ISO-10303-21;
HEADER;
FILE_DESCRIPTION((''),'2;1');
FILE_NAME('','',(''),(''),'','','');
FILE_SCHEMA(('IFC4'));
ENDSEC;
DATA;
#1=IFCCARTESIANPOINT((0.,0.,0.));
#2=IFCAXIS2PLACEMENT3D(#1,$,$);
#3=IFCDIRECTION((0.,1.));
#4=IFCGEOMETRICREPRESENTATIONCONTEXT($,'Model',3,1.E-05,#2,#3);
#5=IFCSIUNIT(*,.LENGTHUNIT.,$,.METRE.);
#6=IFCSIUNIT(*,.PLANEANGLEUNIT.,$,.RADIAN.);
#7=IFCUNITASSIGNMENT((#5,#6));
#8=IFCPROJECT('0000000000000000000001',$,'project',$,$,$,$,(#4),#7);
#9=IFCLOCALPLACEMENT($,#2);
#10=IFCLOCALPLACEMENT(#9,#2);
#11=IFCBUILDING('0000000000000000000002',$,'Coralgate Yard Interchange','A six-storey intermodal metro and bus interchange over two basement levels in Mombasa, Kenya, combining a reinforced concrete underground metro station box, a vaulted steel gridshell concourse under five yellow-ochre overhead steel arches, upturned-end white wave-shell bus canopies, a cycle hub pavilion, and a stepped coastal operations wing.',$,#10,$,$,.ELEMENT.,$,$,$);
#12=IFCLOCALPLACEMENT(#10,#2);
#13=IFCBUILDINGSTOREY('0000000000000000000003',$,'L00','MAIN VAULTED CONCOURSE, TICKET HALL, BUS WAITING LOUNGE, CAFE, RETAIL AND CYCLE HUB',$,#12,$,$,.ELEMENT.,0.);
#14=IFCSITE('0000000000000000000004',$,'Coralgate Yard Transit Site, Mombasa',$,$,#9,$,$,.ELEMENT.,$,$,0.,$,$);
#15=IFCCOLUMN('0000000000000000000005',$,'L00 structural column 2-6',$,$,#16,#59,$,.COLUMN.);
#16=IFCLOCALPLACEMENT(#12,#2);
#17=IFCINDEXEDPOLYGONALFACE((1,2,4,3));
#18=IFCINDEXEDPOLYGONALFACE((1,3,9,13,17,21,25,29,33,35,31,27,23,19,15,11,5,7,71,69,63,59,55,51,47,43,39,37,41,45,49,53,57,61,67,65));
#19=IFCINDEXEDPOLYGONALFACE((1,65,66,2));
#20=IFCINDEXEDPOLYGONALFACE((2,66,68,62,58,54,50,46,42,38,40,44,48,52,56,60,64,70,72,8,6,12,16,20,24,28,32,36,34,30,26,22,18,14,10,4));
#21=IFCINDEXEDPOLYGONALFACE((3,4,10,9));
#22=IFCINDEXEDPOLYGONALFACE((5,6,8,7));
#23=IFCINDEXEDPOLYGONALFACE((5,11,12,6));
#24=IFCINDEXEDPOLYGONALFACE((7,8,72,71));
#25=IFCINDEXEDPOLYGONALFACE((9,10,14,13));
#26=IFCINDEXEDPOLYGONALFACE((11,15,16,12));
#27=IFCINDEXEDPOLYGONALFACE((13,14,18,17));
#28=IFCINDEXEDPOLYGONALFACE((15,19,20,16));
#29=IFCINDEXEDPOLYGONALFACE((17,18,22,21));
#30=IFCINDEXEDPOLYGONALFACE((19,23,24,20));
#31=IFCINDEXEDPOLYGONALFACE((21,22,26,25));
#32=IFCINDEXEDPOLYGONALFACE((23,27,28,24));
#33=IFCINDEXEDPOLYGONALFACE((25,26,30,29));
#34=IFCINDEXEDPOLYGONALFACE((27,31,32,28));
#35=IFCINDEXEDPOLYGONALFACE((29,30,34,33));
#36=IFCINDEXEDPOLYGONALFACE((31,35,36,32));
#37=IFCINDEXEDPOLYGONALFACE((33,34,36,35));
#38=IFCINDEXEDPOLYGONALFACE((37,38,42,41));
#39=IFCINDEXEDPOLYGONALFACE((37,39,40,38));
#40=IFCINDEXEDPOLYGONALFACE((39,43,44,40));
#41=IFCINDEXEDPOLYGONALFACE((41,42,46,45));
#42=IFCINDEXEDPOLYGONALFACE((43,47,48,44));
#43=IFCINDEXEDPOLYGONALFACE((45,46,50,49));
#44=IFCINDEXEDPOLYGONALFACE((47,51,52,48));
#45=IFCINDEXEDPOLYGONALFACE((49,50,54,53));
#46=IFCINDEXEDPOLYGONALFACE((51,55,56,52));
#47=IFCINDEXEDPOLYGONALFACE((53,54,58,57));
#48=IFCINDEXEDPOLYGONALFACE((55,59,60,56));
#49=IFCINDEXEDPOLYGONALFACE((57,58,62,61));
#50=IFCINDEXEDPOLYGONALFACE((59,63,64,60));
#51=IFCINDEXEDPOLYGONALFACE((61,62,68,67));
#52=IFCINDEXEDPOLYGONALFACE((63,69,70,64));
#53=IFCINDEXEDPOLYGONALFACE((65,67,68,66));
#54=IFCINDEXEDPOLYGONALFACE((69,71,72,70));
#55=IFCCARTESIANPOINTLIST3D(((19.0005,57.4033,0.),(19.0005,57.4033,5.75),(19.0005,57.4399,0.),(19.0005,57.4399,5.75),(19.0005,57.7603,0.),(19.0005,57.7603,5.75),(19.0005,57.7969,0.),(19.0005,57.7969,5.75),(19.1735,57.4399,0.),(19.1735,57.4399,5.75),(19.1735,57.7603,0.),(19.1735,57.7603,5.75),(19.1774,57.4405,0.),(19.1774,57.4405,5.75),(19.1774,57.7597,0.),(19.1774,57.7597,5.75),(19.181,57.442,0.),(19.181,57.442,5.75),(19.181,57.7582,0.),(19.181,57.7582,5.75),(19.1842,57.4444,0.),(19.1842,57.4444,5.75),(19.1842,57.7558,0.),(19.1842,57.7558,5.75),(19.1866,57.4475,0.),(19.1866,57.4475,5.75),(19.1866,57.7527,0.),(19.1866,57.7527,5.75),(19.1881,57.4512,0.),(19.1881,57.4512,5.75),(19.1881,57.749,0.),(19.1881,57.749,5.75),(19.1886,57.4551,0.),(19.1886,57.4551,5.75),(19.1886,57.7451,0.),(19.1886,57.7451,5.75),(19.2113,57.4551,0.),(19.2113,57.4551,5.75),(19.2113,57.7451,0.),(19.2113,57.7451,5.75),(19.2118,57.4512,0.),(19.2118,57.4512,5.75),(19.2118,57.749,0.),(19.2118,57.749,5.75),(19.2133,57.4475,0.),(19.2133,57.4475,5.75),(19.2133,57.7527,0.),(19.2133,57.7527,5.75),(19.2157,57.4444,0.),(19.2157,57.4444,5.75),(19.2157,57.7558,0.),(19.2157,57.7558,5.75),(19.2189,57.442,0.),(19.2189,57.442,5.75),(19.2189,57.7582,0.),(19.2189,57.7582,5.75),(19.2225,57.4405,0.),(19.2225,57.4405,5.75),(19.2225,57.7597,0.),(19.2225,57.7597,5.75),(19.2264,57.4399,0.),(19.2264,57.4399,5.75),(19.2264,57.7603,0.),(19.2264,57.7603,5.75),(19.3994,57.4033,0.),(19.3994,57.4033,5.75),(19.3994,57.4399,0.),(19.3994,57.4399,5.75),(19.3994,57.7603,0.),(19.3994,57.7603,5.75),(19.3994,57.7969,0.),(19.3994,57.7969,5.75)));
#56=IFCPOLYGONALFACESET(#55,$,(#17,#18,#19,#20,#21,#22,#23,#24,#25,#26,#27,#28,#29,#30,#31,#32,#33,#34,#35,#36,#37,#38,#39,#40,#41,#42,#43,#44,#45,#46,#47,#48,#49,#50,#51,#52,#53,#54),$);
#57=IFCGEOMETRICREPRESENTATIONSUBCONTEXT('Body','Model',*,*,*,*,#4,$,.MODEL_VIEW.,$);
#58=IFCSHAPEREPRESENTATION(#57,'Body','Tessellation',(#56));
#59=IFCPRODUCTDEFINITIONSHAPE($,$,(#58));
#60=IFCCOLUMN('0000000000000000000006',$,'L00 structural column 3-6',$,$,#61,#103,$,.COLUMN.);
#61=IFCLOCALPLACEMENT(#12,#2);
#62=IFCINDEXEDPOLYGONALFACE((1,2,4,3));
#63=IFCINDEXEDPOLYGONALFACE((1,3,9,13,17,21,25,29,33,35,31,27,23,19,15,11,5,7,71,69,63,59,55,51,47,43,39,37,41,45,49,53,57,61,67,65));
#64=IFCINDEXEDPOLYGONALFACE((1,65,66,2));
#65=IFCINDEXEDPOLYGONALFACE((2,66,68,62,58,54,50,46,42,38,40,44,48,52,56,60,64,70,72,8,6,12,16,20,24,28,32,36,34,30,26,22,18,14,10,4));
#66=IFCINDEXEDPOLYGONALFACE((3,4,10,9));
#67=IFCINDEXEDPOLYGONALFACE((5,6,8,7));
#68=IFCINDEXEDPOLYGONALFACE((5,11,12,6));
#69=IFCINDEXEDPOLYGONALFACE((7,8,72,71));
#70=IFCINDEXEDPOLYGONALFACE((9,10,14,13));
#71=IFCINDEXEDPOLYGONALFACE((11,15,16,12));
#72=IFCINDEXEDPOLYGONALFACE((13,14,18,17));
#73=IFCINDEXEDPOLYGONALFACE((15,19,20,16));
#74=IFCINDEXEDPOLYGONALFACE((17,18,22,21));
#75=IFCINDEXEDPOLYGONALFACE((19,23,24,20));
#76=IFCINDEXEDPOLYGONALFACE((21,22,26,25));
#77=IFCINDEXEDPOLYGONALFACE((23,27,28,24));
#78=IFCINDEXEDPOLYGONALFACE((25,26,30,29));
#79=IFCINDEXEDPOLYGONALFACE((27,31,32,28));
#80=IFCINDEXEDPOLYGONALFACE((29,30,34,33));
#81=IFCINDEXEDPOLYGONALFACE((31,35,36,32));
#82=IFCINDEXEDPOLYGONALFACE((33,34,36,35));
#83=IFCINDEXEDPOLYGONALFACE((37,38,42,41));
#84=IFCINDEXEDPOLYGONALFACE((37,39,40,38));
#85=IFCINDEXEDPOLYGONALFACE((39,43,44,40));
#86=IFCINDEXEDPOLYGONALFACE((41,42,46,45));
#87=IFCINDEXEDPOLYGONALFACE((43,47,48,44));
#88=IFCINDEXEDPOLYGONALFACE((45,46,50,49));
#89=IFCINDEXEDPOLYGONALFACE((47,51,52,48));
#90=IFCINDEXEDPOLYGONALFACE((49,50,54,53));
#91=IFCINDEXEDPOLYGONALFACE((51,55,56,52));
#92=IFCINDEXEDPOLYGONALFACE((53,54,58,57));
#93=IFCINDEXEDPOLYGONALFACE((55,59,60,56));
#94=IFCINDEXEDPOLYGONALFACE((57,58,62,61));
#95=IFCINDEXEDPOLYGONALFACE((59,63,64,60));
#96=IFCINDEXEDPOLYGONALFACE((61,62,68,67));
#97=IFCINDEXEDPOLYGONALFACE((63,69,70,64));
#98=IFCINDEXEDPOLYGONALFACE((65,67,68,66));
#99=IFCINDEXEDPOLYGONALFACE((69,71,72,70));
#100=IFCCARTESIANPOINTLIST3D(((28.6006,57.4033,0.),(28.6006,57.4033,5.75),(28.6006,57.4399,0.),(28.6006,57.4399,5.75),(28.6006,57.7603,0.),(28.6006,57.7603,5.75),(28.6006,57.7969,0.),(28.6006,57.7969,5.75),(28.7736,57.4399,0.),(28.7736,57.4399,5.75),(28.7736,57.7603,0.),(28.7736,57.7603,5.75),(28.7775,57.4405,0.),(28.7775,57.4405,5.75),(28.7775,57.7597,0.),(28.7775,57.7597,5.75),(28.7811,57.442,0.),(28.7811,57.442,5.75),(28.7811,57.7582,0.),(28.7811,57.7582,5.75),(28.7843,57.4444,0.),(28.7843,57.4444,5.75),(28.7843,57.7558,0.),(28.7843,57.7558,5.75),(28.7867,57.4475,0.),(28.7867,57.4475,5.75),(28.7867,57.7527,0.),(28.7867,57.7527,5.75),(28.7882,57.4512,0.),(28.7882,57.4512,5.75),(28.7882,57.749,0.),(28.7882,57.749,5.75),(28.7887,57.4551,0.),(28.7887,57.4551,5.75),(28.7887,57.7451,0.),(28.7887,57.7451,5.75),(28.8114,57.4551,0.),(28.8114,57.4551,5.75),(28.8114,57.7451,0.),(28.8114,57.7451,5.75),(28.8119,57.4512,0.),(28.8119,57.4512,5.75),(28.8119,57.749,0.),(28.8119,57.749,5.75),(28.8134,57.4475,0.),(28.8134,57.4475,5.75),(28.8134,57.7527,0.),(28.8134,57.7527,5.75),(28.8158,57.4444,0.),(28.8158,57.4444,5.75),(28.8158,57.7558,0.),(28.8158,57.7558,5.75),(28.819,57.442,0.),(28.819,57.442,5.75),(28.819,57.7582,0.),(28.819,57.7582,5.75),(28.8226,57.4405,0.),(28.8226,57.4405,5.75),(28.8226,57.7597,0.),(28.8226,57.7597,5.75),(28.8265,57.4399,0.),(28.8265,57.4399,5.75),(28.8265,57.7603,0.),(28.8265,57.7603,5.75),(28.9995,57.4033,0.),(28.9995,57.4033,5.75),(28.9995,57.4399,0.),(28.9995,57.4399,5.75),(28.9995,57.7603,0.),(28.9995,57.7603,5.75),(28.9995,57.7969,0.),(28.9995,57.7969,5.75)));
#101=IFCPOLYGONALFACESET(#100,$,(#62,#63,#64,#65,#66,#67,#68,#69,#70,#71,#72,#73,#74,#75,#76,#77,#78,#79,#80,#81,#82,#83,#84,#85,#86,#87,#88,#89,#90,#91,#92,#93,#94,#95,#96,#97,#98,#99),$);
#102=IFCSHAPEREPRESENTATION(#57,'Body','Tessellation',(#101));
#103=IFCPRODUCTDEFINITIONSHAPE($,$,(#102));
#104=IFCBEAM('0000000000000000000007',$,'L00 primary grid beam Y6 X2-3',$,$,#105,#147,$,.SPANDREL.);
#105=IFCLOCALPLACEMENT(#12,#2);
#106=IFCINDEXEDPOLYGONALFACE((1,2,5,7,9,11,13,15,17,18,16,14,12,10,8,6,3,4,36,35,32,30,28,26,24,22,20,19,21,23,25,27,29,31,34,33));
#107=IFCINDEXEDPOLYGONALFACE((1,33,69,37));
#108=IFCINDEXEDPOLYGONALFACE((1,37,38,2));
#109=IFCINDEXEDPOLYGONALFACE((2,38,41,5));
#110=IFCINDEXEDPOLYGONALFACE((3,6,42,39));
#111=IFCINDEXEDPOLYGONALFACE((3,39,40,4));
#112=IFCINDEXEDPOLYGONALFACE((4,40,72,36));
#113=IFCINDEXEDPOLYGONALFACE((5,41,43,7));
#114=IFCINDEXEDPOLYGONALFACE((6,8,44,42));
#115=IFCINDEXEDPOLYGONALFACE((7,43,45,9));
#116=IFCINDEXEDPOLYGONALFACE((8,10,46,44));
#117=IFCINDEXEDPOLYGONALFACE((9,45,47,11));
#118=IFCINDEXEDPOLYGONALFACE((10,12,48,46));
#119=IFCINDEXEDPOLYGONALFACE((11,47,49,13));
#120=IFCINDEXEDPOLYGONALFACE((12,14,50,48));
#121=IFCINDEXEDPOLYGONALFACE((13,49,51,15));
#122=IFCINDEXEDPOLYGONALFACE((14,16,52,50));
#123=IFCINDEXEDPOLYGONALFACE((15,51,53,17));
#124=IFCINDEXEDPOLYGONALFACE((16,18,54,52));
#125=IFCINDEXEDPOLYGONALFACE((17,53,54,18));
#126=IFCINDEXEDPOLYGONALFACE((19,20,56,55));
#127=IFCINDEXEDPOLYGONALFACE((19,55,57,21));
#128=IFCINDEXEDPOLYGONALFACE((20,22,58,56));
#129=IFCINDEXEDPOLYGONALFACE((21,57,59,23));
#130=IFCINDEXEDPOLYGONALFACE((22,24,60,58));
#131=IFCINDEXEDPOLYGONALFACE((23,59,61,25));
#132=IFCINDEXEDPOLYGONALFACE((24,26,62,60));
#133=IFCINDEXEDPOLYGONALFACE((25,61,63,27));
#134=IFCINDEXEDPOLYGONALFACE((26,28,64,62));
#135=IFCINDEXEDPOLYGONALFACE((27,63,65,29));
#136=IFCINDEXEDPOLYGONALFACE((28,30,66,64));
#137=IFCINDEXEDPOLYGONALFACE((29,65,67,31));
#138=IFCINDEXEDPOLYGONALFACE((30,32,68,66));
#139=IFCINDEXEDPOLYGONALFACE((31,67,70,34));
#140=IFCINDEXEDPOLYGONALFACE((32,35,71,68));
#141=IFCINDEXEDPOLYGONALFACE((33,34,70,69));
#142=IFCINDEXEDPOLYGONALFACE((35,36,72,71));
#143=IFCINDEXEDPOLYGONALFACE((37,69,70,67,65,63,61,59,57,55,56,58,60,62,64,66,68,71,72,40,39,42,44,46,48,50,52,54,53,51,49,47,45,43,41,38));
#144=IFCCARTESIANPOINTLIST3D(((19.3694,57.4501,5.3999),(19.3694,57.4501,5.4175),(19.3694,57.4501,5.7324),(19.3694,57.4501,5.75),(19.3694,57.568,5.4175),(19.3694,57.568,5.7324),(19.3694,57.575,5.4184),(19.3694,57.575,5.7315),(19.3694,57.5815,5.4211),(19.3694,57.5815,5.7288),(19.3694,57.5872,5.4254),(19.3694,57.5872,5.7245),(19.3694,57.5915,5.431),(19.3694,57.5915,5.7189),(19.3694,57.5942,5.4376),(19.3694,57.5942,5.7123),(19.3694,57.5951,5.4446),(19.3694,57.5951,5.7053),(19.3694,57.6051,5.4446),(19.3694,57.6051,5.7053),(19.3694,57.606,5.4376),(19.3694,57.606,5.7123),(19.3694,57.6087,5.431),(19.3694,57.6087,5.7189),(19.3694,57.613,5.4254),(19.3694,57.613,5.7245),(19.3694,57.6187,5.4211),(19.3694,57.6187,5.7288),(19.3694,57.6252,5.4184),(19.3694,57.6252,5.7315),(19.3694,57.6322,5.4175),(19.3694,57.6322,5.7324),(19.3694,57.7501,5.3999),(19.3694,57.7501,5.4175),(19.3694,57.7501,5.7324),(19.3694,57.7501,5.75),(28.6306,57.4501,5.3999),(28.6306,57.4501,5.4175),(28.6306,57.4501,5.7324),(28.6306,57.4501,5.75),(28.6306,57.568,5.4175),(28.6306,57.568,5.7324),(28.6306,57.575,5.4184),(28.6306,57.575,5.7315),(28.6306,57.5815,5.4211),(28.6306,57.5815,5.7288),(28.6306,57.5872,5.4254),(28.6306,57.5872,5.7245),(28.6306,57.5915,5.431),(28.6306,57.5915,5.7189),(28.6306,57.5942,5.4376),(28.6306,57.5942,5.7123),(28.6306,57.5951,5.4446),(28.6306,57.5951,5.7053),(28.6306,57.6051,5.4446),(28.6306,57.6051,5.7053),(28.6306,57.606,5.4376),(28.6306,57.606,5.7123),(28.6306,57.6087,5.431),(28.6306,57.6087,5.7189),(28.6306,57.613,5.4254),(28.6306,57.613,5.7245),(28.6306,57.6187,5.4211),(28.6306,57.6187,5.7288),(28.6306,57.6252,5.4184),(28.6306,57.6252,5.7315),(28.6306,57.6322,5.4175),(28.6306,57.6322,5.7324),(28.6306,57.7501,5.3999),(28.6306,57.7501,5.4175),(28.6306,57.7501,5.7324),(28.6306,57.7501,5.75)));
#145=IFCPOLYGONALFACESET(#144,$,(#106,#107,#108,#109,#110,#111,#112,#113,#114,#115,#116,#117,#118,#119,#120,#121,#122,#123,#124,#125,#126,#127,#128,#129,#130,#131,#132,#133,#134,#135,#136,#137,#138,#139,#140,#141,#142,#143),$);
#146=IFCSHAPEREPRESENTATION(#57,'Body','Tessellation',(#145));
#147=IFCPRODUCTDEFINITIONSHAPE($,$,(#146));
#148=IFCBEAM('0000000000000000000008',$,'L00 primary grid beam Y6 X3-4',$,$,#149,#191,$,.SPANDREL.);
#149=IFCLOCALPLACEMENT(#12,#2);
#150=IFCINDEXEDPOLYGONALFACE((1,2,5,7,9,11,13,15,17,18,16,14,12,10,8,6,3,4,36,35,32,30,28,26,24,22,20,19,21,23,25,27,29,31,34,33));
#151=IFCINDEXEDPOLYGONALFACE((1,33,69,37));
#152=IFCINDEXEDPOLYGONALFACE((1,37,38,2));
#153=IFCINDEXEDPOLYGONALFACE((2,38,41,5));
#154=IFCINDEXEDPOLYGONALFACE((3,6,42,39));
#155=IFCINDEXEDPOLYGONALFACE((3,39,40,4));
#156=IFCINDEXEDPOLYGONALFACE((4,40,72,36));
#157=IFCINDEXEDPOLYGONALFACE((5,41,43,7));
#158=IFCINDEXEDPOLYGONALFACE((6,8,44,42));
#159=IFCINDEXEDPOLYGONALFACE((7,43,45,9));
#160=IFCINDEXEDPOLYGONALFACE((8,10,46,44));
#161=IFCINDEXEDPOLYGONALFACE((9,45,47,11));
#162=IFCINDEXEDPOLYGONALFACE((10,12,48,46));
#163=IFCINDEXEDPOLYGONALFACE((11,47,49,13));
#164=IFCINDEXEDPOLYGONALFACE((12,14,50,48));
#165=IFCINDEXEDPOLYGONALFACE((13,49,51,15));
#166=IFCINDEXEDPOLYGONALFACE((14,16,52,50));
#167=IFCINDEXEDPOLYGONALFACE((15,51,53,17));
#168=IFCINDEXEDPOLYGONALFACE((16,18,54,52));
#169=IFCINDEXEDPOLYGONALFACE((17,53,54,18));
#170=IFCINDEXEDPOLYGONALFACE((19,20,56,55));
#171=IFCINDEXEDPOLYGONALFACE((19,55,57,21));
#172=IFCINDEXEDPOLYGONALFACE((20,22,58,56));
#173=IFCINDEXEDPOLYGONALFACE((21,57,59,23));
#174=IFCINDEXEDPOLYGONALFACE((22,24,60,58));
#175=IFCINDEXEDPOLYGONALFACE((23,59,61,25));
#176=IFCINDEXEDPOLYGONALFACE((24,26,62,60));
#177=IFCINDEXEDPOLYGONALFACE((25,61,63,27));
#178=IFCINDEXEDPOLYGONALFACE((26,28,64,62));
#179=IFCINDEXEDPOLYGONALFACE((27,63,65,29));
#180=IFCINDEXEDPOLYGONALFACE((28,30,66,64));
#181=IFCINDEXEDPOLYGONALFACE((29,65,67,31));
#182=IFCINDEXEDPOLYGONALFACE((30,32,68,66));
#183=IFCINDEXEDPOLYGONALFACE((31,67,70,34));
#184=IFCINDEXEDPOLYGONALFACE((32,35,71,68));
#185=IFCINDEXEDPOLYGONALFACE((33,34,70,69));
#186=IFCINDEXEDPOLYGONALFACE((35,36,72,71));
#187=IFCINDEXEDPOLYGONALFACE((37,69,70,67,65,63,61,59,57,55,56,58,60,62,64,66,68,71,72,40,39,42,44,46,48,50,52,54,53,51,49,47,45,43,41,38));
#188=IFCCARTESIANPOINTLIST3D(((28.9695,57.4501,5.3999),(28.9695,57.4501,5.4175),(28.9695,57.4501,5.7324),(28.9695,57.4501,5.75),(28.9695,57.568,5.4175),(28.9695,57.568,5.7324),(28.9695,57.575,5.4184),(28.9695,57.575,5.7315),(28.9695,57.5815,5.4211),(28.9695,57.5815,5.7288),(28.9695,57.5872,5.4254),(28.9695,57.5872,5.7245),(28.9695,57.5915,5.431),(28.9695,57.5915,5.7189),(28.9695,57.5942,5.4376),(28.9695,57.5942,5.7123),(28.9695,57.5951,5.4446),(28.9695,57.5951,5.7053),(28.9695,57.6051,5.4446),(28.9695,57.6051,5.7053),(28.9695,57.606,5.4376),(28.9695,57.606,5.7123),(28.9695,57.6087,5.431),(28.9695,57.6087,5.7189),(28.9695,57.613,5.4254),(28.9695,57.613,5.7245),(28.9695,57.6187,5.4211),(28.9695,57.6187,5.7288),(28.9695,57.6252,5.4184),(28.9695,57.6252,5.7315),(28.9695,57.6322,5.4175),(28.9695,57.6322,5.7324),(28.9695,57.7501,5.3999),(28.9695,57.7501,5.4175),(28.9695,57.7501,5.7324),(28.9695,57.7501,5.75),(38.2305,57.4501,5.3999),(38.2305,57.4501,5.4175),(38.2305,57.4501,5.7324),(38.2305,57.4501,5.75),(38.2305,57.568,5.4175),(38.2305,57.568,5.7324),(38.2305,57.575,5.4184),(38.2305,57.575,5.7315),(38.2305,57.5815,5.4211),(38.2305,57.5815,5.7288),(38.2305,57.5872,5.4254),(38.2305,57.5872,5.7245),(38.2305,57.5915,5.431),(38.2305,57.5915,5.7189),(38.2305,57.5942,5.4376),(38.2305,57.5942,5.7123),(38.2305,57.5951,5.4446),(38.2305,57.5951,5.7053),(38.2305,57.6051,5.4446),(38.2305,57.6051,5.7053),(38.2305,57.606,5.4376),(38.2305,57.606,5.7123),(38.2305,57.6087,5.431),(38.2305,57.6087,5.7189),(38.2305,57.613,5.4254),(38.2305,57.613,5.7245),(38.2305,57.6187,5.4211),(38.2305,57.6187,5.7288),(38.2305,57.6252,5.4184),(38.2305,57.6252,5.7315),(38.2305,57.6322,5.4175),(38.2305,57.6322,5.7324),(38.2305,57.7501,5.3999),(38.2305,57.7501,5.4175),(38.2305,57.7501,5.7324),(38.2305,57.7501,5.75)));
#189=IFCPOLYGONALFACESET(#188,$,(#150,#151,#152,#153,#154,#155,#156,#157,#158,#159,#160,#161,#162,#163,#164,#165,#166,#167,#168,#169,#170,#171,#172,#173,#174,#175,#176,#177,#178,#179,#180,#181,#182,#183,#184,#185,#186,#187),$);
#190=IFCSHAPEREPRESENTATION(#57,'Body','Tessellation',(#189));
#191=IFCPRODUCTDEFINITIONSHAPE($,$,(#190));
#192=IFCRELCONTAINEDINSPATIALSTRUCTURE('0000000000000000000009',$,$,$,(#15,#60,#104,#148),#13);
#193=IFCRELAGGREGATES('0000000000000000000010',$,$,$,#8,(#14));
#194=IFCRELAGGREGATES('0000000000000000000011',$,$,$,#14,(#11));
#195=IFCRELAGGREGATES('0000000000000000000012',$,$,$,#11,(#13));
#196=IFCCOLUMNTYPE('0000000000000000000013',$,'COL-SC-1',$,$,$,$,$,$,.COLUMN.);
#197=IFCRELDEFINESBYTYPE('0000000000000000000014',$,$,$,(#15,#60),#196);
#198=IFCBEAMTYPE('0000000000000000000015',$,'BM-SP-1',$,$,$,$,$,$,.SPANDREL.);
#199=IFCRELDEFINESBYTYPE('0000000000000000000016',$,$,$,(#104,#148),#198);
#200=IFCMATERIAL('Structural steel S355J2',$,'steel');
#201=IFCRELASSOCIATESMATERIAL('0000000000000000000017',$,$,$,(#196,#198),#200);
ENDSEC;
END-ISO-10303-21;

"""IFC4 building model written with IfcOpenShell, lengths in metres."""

from ifc_helpers import new_model, si_unit, direction, frame, origin, origin_2d, place, context, subcontext, project, spatial, i_section, extrude, material, material_profile, profile_set, type_object, element, save


model = new_model("IFC4")

# Units and contexts
model_context = context("Model", 3, precision=1e-05, world=origin(), true_north=direction((0.0, 1.0)))
body_context = subcontext(model_context, "Body", "Model", "MODEL_VIEW")
ifc_project = project(units=[si_unit("LENGTHUNIT", "METRE"), si_unit("PLANEANGLEUNIT", "RADIAN")], contexts=[model_context])

# Site, building, storey
site_placement = place(None, origin())
site = spatial("IfcSite", under=ifc_project, at=site_placement, Name="Coralgate Yard Transit Site, Mombasa", CompositionType="ELEMENT", RefElevation=0.0)
building_placement = place(site_placement, origin())
building = spatial("IfcBuilding", under=site, at=building_placement, Name="Coralgate Yard Interchange", Description="A six-storey intermodal metro and bus interchange over two basement levels in Mombasa, Kenya, combining a reinforced concrete underground metro station box, a vaulted steel gridshell concourse under five yellow-ochre overhead steel arches, upturned-end white wave-shell bus canopies, a cycle hub pavilion, and a stepped coastal operations wing.", CompositionType="ELEMENT")
storey_placement = place(building_placement, origin())
storey = spatial("IfcBuildingStorey", under=building, at=storey_placement, Name="L00", Description="MAIN VAULTED CONCOURSE, TICKET HALL, BUS WAITING LOUNGE, CAFE, RETAIL AND CYCLE HUB", CompositionType="ELEMENT", Elevation=0.0)

# Columns
ifc_material_1 = material(Name="Structural steel S355J2", Category="steel")
ifc_material_profile_1 = material_profile(ifc_material_1, i_section(OverallWidth=0.3989, OverallDepth=0.3936, WebThickness=0.0227, FlangeThickness=0.0366, FilletRadius=0.0151, at=origin_2d()), Name="UC 356x406x287")
ifc_profile_set_1 = profile_set([ifc_material_profile_1], Name="Structural steel S355J2")
column_type = type_object("IfcColumnType", Name="COL-SC-1", PredefinedType="COLUMN", material=ifc_profile_set_1)
for number, where, z_axis, x_axis, name in (
    (1, (19.2, 57.6001, 0.0), (0.0, 0.0, 1.0), (1.0, 0.0, 0.0), "L00 structural column 2-6"),
    (2, (28.8, 57.6001, 0.0), (0.0, 0.0, 1.0), (1.0, 0.0, 0.0), "L00 structural column 3-6"),
):
    element("IfcColumn", number, at=place(storey_placement, frame(where, z_axis=z_axis, x_axis=x_axis)), inside=storey, type_object=column_type, Name=name, PredefinedType="COLUMN", context=body_context, shape_type="SweptSolid", body=[
        extrude(i_section(OverallWidth=0.3989, OverallDepth=0.3936, WebThickness=0.0227, FlangeThickness=0.0366, FilletRadius=0.0151, at=origin_2d()), origin(), (0.0, 0.0, 1.0), 5.75),
    ])

# Beams
ifc_material_profile_2 = material_profile(ifc_material_1, i_section(OverallWidth=0.3, OverallDepth=0.3501, WebThickness=0.01, FlangeThickness=0.0176, FilletRadius=0.0271, at=origin_2d()), Name="HEA 360")
ifc_profile_set_2 = profile_set([ifc_material_profile_2], Name="Structural steel S355J2")
beam_type = type_object("IfcBeamType", Name="BM-SP-1", PredefinedType="SPANDREL", material=ifc_profile_set_2)
beam_1_placement = place(storey_placement, frame((19.3694, 57.6001, 5.575), z_axis=(1.0, 0.0, 0.0), x_axis=(0.0, 1.0, 0.0)))
element("IfcBeam", 3, at=beam_1_placement, inside=storey, type_object=beam_type, Name="L00 primary grid beam Y6 X2-3", PredefinedType="SPANDREL", context=body_context, shape_type="SweptSolid", body=[
    extrude(i_section(OverallWidth=0.3, OverallDepth=0.3501, WebThickness=0.01, FlangeThickness=0.0176, FilletRadius=0.0271, at=origin_2d()), origin(), (0.0, 0.0, 1.0), 9.2612),
])
beam_2_placement = place(storey_placement, frame((28.9695, 57.6001, 5.575), z_axis=(1.0, 0.0, 0.0), x_axis=(0.0, 1.0, 0.0)))
element("IfcBeam", 4, at=beam_2_placement, inside=storey, type_object=beam_type, Name="L00 primary grid beam Y6 X3-4", PredefinedType="SPANDREL", context=body_context, shape_type="SweptSolid", body=[
    extrude(i_section(OverallWidth=0.3, OverallDepth=0.3501, WebThickness=0.01, FlangeThickness=0.0176, FilletRadius=0.0271, at=origin_2d()), origin(), (0.0, 0.0, 1.0), 9.261),
])

save(model, "model.ifc")
